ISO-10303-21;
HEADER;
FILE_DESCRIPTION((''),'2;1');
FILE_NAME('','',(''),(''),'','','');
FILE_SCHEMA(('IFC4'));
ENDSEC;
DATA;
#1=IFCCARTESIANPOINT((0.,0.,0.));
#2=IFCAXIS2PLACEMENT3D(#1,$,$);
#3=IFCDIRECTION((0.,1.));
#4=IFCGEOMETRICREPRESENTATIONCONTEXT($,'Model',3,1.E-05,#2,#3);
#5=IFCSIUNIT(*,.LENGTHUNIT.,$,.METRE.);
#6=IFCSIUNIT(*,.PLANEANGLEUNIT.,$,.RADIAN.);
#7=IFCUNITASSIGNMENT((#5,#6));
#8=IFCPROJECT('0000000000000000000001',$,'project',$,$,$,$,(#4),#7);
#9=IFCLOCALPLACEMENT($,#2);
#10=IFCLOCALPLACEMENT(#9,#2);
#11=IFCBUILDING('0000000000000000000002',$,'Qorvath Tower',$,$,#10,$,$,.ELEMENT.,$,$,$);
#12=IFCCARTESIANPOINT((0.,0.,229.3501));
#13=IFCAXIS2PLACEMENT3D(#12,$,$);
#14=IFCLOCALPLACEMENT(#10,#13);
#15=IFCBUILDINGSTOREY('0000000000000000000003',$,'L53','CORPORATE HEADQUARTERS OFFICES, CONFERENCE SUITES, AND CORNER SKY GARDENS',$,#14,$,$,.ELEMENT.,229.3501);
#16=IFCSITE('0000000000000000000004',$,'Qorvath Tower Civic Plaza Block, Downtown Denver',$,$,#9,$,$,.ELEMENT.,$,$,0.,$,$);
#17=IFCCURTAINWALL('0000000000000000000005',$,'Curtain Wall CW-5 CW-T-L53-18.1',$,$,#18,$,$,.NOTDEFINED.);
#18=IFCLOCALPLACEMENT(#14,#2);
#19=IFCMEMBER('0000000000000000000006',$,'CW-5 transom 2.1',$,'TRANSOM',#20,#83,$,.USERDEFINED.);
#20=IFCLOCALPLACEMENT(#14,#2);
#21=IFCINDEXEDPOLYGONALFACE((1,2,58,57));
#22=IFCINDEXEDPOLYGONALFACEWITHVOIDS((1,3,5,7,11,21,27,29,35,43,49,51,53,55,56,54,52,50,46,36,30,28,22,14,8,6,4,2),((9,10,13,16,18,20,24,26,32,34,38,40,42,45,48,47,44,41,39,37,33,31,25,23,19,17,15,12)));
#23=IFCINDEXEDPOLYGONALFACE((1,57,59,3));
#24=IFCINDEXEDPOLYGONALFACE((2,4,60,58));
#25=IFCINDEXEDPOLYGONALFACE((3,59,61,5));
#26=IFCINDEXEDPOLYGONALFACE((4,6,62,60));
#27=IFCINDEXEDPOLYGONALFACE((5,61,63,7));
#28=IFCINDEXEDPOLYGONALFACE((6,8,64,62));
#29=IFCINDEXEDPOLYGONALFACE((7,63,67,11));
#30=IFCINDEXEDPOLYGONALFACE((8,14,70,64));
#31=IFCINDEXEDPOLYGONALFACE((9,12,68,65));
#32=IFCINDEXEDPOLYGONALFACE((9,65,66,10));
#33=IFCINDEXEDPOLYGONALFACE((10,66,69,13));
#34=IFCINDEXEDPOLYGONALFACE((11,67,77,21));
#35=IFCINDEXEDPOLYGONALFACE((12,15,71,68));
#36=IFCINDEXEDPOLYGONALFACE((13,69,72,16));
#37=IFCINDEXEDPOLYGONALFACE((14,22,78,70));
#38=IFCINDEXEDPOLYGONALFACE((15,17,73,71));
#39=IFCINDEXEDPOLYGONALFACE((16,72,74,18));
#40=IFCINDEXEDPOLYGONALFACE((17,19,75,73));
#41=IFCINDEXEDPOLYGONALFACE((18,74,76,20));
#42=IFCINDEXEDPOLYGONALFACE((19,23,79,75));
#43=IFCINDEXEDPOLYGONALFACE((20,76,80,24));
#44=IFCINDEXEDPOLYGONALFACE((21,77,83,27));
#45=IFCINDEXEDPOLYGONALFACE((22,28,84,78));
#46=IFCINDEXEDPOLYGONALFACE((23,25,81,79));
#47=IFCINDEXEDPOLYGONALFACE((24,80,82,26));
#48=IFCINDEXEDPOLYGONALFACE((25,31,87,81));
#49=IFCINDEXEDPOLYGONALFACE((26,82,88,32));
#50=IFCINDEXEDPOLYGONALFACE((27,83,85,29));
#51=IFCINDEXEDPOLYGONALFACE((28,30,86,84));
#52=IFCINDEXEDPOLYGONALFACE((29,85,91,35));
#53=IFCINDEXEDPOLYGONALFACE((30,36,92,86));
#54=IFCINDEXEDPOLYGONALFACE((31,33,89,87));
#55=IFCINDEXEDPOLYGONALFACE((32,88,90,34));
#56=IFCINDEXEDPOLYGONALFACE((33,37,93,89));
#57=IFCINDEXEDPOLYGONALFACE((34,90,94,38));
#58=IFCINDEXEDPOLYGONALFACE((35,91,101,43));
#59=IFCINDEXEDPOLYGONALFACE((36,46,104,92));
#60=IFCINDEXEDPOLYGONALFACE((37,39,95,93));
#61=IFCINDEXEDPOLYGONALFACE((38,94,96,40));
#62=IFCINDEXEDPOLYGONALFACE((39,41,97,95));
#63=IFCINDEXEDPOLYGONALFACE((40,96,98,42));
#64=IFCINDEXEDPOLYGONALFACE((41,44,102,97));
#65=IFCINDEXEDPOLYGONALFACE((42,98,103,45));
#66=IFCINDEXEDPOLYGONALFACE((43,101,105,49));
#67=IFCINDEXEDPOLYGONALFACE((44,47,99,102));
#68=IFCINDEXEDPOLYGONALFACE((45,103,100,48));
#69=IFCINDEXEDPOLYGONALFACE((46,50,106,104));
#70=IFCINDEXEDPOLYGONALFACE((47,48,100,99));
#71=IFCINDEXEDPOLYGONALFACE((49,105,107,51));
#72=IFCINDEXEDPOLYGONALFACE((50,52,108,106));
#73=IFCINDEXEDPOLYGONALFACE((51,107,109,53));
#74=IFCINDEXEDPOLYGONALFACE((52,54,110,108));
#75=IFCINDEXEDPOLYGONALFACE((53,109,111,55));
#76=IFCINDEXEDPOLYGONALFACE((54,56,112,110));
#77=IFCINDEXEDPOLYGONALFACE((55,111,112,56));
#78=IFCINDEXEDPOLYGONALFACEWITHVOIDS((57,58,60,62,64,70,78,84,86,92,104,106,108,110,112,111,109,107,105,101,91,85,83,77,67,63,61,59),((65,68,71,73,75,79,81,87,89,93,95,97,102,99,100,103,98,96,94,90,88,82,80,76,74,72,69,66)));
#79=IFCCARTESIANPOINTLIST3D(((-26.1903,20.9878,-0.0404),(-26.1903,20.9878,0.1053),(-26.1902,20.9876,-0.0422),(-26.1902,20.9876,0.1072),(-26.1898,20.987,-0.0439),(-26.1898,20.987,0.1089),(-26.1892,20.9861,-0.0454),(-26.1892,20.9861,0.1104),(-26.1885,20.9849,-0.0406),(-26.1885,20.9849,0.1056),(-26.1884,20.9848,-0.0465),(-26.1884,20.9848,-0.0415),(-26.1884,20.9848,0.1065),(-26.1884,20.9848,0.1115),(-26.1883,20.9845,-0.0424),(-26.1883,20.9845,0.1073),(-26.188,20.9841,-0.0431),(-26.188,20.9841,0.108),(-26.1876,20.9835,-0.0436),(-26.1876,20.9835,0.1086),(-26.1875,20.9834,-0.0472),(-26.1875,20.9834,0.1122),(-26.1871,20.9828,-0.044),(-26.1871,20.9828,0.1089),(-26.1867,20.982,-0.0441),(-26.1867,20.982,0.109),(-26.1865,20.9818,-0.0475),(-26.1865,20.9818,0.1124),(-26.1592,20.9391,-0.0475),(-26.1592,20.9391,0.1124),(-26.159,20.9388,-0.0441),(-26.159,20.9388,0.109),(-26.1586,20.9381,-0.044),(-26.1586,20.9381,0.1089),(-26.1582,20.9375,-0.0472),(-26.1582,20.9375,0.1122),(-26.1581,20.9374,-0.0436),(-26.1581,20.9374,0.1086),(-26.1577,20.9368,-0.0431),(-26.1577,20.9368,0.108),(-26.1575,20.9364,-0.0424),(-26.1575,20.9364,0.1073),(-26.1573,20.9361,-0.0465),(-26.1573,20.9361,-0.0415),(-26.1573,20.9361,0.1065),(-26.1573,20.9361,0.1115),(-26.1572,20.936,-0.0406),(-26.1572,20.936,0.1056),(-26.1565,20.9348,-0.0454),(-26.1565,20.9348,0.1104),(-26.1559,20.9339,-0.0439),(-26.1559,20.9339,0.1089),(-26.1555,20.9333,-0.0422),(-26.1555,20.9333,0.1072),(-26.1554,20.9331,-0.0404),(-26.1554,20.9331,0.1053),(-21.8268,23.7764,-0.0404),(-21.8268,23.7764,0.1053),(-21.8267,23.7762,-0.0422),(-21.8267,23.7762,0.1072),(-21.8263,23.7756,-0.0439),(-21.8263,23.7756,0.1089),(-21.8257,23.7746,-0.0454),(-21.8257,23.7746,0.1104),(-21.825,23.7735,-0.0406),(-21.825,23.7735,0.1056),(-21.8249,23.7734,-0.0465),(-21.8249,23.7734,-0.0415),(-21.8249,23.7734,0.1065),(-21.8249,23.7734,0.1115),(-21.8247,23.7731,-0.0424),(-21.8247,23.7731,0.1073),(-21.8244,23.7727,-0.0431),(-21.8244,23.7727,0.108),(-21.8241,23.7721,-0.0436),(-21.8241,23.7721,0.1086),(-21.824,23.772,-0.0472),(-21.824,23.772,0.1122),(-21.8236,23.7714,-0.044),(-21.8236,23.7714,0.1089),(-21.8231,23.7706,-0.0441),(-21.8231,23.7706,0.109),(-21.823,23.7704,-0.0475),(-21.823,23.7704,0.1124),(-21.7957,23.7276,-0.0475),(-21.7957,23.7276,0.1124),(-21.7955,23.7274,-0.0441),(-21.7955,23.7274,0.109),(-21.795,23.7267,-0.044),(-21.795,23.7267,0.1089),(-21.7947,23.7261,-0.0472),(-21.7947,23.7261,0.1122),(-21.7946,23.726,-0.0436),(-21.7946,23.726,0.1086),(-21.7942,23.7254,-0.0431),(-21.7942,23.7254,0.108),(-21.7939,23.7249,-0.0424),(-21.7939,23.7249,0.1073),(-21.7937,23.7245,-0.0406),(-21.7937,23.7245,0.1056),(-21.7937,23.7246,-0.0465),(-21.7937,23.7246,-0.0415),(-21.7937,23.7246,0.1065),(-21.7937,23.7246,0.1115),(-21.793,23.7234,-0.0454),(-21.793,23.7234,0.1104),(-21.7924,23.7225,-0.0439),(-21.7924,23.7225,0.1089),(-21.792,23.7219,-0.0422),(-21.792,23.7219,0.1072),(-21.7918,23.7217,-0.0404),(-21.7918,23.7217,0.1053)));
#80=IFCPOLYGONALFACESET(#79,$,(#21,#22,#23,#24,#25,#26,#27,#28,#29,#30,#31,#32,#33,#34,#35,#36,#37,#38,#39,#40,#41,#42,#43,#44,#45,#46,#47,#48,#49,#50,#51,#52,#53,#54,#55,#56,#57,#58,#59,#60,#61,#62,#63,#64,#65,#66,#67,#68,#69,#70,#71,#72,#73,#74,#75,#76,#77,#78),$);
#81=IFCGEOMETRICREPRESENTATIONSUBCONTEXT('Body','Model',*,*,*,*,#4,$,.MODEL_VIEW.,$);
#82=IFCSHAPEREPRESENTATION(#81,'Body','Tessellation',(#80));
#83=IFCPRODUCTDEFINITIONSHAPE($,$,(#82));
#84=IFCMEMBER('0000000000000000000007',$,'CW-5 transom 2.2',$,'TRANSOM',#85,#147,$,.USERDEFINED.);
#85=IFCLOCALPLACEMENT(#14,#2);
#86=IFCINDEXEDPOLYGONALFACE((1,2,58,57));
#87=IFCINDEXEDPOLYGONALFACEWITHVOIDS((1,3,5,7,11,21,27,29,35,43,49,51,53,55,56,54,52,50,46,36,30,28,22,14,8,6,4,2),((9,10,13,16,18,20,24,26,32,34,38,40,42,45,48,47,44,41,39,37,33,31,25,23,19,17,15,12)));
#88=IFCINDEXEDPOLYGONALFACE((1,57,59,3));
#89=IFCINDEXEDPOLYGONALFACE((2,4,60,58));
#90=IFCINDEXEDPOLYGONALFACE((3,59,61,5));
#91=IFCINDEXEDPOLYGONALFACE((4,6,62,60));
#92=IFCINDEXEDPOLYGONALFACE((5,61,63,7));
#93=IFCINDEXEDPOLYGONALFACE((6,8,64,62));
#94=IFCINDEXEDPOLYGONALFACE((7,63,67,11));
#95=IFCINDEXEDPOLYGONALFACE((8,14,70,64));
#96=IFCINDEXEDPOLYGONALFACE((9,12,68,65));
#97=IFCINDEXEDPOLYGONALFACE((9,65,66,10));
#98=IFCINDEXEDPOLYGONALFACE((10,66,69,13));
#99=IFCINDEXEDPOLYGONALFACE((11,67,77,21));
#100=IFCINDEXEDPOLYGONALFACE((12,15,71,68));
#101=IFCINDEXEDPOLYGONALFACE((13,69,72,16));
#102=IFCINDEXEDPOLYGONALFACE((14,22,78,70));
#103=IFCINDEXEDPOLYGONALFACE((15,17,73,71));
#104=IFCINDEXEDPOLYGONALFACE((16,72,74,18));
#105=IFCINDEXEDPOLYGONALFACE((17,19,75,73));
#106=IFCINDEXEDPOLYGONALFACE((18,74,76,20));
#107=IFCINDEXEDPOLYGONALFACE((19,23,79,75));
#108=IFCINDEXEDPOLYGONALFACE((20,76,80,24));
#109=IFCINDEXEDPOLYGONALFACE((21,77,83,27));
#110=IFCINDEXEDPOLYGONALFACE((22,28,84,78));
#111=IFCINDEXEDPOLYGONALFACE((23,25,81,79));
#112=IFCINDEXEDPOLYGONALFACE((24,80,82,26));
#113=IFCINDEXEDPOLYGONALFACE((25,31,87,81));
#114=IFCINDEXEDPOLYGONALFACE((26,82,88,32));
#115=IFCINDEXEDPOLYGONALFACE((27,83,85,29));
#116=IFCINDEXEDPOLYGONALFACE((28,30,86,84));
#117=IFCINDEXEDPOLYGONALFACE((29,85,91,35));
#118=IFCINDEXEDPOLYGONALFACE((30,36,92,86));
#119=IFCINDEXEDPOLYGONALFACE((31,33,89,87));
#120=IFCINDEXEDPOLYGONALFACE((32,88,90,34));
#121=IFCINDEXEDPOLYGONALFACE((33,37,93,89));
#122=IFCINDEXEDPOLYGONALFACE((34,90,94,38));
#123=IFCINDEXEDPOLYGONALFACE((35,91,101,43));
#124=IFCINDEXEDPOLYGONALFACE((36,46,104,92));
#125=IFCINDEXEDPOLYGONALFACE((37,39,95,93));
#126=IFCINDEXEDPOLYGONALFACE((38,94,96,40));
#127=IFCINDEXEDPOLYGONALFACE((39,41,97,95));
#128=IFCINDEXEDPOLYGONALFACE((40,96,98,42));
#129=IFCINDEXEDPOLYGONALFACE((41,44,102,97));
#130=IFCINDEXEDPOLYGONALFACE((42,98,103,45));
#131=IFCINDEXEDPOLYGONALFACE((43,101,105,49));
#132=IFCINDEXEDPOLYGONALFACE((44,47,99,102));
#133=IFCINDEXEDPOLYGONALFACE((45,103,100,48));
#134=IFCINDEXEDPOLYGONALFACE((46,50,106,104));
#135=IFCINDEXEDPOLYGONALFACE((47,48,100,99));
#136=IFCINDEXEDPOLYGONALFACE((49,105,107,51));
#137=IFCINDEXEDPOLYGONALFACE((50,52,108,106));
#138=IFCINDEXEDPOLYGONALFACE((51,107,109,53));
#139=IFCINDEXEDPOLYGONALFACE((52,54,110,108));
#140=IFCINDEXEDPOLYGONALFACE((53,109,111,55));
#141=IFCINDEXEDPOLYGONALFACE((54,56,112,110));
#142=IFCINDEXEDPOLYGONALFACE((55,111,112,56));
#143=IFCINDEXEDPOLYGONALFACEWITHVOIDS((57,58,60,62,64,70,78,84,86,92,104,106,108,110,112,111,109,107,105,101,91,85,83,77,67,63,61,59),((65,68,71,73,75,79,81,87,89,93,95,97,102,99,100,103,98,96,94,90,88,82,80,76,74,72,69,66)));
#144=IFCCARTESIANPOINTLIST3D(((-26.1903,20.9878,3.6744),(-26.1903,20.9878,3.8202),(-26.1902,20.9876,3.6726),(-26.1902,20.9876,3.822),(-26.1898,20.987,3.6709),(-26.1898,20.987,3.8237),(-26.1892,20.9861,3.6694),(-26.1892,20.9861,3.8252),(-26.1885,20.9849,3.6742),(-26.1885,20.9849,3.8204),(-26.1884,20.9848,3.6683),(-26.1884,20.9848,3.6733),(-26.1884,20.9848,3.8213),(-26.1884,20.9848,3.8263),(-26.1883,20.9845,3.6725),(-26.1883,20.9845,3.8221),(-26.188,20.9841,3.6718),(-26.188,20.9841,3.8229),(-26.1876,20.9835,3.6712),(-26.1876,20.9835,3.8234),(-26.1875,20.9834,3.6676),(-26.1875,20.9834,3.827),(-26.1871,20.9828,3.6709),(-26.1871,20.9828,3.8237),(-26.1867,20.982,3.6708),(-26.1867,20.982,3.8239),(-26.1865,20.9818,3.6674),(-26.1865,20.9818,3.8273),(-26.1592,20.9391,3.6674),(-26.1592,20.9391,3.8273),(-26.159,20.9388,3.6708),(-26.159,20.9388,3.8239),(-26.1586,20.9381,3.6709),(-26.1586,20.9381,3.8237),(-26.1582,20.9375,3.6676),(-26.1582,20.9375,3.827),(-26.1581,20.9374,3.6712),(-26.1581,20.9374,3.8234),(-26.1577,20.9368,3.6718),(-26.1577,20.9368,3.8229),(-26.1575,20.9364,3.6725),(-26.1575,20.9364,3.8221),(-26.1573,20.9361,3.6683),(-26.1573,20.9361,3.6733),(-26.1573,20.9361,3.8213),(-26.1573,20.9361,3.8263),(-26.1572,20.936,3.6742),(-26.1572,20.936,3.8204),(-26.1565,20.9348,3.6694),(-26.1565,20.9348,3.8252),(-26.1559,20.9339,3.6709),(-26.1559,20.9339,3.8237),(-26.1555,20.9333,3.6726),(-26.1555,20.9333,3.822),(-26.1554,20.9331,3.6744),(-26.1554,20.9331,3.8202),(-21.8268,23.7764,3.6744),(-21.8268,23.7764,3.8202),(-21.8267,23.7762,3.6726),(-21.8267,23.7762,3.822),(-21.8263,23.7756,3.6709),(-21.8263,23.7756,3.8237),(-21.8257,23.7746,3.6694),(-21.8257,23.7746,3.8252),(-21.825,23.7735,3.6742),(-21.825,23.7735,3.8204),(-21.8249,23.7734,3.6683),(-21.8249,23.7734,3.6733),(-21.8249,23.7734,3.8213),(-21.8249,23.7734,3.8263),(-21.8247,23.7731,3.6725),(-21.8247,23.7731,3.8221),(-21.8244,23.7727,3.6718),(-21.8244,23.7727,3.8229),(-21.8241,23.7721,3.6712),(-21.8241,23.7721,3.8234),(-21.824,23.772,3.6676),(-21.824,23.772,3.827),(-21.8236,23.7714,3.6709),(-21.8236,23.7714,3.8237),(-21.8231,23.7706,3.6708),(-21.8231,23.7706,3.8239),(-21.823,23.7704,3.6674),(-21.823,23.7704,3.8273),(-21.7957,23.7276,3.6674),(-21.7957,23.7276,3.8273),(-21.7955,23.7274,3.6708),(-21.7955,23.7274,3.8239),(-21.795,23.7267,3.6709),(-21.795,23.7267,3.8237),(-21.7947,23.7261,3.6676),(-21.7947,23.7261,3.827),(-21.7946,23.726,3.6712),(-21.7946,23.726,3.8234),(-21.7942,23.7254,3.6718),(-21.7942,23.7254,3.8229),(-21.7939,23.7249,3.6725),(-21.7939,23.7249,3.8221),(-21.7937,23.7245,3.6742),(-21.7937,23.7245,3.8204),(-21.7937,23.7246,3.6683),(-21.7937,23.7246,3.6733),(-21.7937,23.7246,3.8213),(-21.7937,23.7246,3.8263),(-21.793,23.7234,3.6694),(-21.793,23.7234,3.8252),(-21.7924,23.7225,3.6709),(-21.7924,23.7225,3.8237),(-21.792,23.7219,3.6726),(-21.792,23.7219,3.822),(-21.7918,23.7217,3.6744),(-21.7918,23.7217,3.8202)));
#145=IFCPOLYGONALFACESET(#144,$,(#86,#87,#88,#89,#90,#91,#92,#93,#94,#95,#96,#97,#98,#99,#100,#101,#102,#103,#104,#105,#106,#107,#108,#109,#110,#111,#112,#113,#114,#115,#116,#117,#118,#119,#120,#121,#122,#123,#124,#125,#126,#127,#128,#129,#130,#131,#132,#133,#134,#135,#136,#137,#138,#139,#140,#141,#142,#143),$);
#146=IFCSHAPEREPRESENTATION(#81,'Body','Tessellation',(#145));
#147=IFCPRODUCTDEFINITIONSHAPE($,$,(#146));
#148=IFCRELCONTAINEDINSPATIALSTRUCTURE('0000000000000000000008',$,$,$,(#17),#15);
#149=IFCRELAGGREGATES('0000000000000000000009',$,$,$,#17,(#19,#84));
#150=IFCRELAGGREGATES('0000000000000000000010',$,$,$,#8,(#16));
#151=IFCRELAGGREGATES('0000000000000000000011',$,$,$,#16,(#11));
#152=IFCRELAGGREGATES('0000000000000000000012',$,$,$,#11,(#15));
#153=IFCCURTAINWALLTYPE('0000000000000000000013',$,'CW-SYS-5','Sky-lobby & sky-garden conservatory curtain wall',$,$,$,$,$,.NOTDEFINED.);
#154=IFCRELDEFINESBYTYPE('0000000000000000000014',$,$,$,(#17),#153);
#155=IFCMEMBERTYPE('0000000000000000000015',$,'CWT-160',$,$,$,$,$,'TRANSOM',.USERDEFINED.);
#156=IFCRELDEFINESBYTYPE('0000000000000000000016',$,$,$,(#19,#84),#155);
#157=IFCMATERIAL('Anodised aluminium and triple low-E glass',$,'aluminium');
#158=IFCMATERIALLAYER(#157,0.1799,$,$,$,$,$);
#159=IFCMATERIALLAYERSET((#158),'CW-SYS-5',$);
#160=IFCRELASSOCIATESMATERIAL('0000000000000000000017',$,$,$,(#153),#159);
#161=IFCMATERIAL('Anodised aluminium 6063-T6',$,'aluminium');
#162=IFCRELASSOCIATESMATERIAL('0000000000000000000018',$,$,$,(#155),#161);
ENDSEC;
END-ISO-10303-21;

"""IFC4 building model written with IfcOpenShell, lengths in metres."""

from ifc_helpers import new_model, si_unit, direction, frame, origin, origin_2d, place, context, subcontext, project, spatial, hollow_rectangle, extrude, material, layer, layer_set, material_profile, profile_set, type_object, element, aggregate, save


model = new_model("IFC4")

# Units and contexts
model_context = context("Model", 3, precision=1e-05, world=origin(), true_north=direction((0.0, 1.0)))
body_context = subcontext(model_context, "Body", "Model", "MODEL_VIEW")
ifc_project = project(units=[si_unit("LENGTHUNIT", "METRE"), si_unit("PLANEANGLEUNIT", "RADIAN")], contexts=[model_context])

# Site, building, storey
site_placement = place(None, origin())
site = spatial("IfcSite", under=ifc_project, at=site_placement, Name="Qorvath Tower Civic Plaza Block, Downtown Denver", CompositionType="ELEMENT", RefElevation=0.0)
building_placement = place(site_placement, origin())
building = spatial("IfcBuilding", under=site, at=building_placement, Name="Qorvath Tower", CompositionType="ELEMENT")
storey_placement = place(building_placement, frame((0.0, 0.0, 229.3501)))
storey = spatial("IfcBuildingStorey", under=building, at=storey_placement, Name="L53", Description="CORPORATE HEADQUARTERS OFFICES, CONFERENCE SUITES, AND CORNER SKY GARDENS", CompositionType="ELEMENT", Elevation=229.3501)

# Curtain wall, members
ifc_material_1 = material(Name="Anodised aluminium and triple low-E glass", Category="aluminium")
ifc_layer_1 = layer(ifc_material_1, 0.1799)
ifc_layer_set_1 = layer_set([ifc_layer_1], Name="CW-SYS-5")
curtain_wall_type = type_object("IfcCurtainWallType", Name="CW-SYS-5", Description="Sky-lobby & sky-garden conservatory curtain wall", PredefinedType="NOTDEFINED", material=ifc_layer_set_1)
curtain_wall_placement = place(storey_placement, origin())
curtain_wall = element("IfcCurtainWall", 1, at=curtain_wall_placement, inside=storey, type_object=curtain_wall_type, Name="Curtain Wall CW-5 CW-T-L53-18.1", PredefinedType="NOTDEFINED")
ifc_material_2 = material(Name="Anodised aluminium 6063-T6", Category="aluminium")
ifc_material_profile_1 = material_profile(ifc_material_2, hollow_rectangle(XDim=0.0649, YDim=0.1599, WallThickness=0.0034, InnerFilletRadius=0.0034, OuterFilletRadius=0.0071, at=origin_2d()), Name="CWT 160x65")
ifc_profile_set_1 = profile_set([ifc_material_profile_1], Name="Anodised aluminium 6063-T6")
member_type_1 = type_object("IfcMemberType", Name="CWT-160", ElementType="TRANSOM", PredefinedType="USERDEFINED", material=ifc_profile_set_1)
member_1_placement = place(storey_placement, frame((-21.8093, 23.749, 0.0325), z_axis=(-0.842629, -0.538494, 0.0), x_axis=(0.538494, -0.842629, 0.0)))
member_1 = element("IfcMember", 2, at=member_1_placement, type_object=member_type_1, Name="CW-5 transom 2.1", ObjectType="TRANSOM", PredefinedType="USERDEFINED", context=body_context, shape_type="SweptSolid", body=[
    extrude(hollow_rectangle(XDim=0.0649, YDim=0.1599, WallThickness=0.0034, InnerFilletRadius=0.0034, OuterFilletRadius=0.0071, at=origin_2d()), origin(), (0.0, 0.0, 1.0), 5.1785),
])
member_2_placement = place(storey_placement, frame((-21.8093, 23.749, 3.7473), z_axis=(-0.842629, -0.538494, 0.0), x_axis=(0.538494, -0.842629, 0.0)))
member_2 = element("IfcMember", 3, at=member_2_placement, type_object=member_type_1, Name="CW-5 transom 2.2", ObjectType="TRANSOM", PredefinedType="USERDEFINED", context=body_context, shape_type="SweptSolid", body=[
    extrude(hollow_rectangle(XDim=0.0649, YDim=0.1599, WallThickness=0.0034, InnerFilletRadius=0.0034, OuterFilletRadius=0.0071, at=origin_2d()), origin(), (0.0, 0.0, 1.0), 5.1785),
])
aggregate(curtain_wall, [member_1, member_2])

save(model, "model.ifc")
